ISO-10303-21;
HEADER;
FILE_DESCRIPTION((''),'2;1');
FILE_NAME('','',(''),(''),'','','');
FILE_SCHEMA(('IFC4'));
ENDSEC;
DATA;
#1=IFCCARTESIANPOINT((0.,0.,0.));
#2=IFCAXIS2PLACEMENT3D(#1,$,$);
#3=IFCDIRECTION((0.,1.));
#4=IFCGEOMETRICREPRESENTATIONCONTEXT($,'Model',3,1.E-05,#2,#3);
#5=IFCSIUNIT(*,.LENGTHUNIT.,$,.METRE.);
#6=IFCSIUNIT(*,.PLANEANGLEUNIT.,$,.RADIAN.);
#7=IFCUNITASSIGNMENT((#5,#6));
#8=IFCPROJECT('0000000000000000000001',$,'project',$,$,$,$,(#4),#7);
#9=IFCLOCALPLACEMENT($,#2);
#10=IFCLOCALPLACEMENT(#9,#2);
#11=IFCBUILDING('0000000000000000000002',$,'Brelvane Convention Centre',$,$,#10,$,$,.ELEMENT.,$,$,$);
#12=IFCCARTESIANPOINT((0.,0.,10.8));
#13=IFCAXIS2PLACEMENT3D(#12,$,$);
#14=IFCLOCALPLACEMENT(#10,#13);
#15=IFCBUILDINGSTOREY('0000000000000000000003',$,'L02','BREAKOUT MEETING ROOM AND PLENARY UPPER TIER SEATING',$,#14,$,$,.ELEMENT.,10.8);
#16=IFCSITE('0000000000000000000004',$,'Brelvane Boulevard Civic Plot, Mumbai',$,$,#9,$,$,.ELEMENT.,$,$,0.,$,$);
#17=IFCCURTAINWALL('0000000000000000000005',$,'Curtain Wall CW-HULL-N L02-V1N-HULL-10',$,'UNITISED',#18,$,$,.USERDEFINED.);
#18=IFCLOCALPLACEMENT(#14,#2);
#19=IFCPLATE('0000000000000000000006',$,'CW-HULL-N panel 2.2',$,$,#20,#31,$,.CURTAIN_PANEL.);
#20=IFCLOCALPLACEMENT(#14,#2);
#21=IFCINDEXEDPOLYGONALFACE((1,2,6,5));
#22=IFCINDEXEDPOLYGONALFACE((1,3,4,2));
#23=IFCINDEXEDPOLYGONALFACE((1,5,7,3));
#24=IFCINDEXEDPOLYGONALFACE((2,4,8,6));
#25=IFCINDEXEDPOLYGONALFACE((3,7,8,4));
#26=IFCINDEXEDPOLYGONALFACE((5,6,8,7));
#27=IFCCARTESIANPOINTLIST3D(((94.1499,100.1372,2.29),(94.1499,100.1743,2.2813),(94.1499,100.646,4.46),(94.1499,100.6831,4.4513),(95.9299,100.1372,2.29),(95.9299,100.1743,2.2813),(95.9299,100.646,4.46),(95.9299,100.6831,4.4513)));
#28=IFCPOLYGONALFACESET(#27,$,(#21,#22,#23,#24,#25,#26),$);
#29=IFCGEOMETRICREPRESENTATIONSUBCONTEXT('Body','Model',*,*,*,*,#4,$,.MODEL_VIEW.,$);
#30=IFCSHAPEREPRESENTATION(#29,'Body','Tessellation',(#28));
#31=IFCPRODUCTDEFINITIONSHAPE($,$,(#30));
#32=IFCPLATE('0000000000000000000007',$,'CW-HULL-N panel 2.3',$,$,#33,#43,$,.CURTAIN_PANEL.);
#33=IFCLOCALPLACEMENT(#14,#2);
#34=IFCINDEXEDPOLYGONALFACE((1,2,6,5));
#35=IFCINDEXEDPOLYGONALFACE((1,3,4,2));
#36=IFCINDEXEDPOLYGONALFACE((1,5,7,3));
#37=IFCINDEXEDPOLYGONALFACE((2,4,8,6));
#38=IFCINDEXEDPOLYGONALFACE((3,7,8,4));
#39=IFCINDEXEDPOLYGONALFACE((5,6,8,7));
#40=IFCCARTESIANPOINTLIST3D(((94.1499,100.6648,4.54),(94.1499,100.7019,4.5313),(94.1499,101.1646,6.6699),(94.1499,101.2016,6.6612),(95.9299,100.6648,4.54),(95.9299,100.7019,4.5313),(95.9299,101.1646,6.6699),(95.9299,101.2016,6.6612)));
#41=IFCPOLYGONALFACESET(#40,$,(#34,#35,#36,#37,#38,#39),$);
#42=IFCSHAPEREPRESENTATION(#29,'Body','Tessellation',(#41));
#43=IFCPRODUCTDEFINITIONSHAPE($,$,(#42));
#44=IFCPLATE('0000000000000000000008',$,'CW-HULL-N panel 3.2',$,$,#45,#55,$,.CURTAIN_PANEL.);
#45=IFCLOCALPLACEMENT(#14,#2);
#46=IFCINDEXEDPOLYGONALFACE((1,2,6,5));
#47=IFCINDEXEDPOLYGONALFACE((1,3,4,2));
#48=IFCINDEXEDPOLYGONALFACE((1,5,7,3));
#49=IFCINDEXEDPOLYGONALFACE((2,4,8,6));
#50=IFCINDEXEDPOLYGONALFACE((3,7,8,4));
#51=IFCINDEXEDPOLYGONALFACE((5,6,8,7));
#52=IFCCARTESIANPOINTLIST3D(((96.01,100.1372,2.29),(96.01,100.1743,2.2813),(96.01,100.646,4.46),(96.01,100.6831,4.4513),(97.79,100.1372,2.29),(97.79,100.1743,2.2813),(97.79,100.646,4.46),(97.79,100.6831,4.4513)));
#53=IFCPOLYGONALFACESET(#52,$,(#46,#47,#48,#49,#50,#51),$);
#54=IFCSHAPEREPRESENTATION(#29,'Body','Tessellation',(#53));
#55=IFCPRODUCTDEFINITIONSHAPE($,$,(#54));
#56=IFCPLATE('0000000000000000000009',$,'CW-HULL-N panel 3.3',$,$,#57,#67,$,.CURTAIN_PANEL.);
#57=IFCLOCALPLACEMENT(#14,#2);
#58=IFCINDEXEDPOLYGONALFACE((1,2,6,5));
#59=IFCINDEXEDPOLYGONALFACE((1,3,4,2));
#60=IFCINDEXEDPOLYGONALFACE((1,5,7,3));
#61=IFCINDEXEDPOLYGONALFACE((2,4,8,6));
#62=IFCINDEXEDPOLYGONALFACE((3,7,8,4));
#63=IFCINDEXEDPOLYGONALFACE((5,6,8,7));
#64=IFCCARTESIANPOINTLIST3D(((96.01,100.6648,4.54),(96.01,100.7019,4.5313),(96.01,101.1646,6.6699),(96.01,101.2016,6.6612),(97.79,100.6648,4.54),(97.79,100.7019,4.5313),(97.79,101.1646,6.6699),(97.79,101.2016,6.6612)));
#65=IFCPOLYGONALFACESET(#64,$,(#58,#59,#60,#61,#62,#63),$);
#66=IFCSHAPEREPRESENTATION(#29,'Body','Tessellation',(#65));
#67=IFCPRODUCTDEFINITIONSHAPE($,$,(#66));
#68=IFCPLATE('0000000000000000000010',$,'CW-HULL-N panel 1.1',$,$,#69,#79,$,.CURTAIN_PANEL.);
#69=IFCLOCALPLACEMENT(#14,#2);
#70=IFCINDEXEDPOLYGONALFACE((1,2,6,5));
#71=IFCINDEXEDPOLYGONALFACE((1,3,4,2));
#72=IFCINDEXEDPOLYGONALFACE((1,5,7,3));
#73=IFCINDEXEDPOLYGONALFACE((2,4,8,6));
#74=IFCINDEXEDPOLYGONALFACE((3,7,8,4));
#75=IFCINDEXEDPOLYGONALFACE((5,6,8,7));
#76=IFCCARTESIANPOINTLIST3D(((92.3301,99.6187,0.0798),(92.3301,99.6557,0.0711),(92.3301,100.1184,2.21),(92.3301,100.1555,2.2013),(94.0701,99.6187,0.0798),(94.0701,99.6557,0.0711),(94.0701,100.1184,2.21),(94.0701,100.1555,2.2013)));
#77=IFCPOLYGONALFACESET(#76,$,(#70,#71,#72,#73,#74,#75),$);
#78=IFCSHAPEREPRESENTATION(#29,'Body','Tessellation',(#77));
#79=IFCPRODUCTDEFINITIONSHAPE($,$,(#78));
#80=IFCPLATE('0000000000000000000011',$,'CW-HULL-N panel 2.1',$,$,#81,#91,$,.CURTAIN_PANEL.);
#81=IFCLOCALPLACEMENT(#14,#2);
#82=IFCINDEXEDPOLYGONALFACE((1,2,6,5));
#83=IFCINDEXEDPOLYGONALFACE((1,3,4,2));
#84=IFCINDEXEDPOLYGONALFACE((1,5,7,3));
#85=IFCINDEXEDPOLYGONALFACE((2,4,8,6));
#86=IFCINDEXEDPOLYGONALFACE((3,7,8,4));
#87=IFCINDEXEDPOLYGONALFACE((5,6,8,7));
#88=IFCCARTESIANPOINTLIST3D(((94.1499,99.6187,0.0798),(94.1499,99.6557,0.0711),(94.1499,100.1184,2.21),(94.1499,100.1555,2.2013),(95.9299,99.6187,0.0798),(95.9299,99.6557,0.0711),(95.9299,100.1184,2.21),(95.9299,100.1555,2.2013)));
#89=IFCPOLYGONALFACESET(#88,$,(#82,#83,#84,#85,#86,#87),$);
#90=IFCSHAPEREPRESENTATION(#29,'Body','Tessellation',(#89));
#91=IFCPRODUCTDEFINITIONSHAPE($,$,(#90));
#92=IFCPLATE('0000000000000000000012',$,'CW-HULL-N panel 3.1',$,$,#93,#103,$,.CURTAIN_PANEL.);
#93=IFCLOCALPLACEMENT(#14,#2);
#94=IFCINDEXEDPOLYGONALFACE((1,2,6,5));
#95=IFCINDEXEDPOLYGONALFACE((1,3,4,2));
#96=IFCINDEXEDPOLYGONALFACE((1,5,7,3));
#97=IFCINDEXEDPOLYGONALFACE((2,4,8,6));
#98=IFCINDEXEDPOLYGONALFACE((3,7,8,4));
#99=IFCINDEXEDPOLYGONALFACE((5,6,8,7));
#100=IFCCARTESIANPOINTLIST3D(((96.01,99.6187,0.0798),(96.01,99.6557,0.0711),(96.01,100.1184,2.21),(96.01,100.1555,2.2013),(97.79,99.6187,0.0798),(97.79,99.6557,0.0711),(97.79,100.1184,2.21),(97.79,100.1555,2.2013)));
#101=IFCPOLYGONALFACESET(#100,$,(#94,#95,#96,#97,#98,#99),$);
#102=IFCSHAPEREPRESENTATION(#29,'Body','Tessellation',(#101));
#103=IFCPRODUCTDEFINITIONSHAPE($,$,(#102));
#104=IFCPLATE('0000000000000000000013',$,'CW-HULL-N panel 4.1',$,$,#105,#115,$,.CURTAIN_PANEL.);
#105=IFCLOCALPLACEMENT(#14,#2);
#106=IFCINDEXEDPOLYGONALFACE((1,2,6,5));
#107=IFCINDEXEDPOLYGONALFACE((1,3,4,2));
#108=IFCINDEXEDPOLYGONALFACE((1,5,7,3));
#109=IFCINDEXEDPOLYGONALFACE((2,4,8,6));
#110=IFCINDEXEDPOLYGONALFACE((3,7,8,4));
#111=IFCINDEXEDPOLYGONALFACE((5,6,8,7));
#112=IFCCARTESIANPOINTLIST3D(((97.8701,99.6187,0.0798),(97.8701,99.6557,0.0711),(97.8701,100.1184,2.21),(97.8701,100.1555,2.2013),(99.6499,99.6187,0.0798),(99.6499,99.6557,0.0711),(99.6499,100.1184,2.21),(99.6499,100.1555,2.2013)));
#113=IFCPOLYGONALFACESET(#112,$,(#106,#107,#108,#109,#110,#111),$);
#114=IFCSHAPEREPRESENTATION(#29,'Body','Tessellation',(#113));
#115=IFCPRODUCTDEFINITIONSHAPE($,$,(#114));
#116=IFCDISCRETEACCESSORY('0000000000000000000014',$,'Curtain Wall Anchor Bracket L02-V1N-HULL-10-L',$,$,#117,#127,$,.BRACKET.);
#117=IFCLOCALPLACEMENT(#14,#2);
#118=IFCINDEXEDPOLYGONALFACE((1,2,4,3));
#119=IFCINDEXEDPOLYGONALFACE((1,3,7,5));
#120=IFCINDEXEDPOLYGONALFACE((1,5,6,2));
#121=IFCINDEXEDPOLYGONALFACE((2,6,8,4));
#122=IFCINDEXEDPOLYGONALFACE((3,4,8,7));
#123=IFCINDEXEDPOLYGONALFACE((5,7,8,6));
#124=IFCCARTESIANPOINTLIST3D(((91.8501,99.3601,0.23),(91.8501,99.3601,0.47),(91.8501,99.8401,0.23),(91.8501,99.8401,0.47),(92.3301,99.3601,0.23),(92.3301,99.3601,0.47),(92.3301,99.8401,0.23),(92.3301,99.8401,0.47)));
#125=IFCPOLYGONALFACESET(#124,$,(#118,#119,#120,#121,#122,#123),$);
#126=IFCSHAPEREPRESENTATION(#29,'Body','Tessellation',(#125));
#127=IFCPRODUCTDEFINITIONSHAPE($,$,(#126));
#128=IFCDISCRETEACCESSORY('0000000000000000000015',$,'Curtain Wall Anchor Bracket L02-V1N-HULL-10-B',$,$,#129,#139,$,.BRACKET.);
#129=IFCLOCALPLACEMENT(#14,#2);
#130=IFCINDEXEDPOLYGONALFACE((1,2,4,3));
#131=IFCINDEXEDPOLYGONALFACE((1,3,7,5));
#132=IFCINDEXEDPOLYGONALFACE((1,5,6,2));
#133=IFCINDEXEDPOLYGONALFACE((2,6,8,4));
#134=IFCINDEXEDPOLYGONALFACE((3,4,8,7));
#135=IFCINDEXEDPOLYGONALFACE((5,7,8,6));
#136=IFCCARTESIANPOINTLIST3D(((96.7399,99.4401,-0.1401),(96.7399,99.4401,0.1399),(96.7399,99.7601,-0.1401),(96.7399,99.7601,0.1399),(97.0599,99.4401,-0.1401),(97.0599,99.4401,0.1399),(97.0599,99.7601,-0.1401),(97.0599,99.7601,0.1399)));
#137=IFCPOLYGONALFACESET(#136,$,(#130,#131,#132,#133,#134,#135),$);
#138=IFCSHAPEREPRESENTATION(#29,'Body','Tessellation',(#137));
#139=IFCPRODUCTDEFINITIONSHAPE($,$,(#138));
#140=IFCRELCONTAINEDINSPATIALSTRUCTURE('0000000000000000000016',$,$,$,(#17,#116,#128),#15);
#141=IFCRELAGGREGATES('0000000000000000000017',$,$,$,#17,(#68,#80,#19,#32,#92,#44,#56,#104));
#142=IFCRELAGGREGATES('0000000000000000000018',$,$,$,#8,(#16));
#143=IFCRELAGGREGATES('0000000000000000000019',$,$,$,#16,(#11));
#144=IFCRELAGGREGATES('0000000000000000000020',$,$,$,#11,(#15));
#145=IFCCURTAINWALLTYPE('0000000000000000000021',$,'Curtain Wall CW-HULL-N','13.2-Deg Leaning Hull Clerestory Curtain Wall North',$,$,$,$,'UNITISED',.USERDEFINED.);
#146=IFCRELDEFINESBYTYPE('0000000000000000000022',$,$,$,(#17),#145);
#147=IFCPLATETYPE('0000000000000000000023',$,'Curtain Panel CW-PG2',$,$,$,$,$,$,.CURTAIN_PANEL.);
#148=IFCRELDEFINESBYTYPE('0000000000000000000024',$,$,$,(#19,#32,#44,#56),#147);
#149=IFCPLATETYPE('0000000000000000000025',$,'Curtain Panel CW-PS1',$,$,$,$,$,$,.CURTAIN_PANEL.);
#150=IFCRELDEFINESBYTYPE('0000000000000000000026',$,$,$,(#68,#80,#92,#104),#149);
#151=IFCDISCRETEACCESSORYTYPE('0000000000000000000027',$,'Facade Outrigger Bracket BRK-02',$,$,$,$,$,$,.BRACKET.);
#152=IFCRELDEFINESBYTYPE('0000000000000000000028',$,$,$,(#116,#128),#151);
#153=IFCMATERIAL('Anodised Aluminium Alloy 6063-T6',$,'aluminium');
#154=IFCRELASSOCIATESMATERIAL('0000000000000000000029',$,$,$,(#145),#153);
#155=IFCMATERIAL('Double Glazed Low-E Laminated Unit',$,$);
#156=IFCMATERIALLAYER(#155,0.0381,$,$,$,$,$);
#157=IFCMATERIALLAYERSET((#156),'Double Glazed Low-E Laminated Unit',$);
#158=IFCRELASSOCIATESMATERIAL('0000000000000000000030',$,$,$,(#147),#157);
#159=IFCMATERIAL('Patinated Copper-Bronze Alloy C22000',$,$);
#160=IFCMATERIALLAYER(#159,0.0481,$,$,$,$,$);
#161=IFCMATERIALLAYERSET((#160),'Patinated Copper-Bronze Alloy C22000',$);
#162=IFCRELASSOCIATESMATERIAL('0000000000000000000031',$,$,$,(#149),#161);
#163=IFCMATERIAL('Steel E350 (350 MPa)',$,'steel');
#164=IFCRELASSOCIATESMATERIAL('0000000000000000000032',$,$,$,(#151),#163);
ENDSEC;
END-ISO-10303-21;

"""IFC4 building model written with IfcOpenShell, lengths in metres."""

from ifc_helpers import new_model, si_unit, direction, frame, origin, origin_2d, place, context, subcontext, project, spatial, polyline, rectangle, outline, extrude, material, layer, layer_set, type_object, element, aggregate, save


model = new_model("IFC4")

# Units and contexts
model_context = context("Model", 3, precision=1e-05, world=origin(), true_north=direction((0.0, 1.0)))
body_context = subcontext(model_context, "Body", "Model", "MODEL_VIEW")
ifc_project = project(units=[si_unit("LENGTHUNIT", "METRE"), si_unit("PLANEANGLEUNIT", "RADIAN")], contexts=[model_context])

# Site, building, storey
site_placement = place(None, origin())
site = spatial("IfcSite", under=ifc_project, at=site_placement, Name="Brelvane Boulevard Civic Plot, Mumbai", CompositionType="ELEMENT", RefElevation=0.0)
building_placement = place(site_placement, origin())
building = spatial("IfcBuilding", under=site, at=building_placement, Name="Brelvane Convention Centre", CompositionType="ELEMENT")
storey_placement = place(building_placement, frame((0.0, 0.0, 10.8)))
storey = spatial("IfcBuildingStorey", under=building, at=storey_placement, Name="L02", Description="BREAKOUT MEETING ROOM AND PLENARY UPPER TIER SEATING", CompositionType="ELEMENT", Elevation=10.8)

# Curtain wall
ifc_material_1 = material(Name="Anodised Aluminium Alloy 6063-T6", Category="aluminium")
curtain_wall_type = type_object("IfcCurtainWallType", Name="Curtain Wall CW-HULL-N", Description="13.2-Deg Leaning Hull Clerestory Curtain Wall North", ElementType="UNITISED", PredefinedType="USERDEFINED", material=ifc_material_1)
curtain_wall_placement = place(storey_placement, origin())
curtain_wall = element("IfcCurtainWall", 1, at=curtain_wall_placement, inside=storey, type_object=curtain_wall_type, Name="Curtain Wall CW-HULL-N L02-V1N-HULL-10", ObjectType="UNITISED", PredefinedType="USERDEFINED")

# Plates
ifc_material_2 = material(Name="Double Glazed Low-E Laminated Unit")
ifc_layer_1 = layer(ifc_material_2, 0.0381)
ifc_layer_set_1 = layer_set([ifc_layer_1], Name="Double Glazed Low-E Laminated Unit")
plate_type_1 = type_object("IfcPlateType", Name="Curtain Panel CW-PG2", PredefinedType="CURTAIN_PANEL", material=ifc_layer_set_1)
plate_1_placement = place(storey_placement, frame((94.1499, 100.1372, 2.29), z_axis=(0.0, -0.973595, 0.228282), x_axis=(1.0, 0.0, 0.0)))
plate_1 = element("IfcPlate", 2, at=plate_1_placement, type_object=plate_type_1, Name="CW-HULL-N panel 2.2", PredefinedType="CURTAIN_PANEL", context=body_context, shape_type="SweptSolid", body=[
    extrude(outline(polyline([(0.0, 0.0), (1.78, 0.0), (1.78, 2.2288), (0.0, 2.2288), (0.0, 0.0)])), origin(), (0.0, 0.0, -1.0), 0.0381),
])
plate_2_placement = place(storey_placement, frame((94.1499, 100.6648, 4.54), z_axis=(0.0, -0.973559, 0.228436), x_axis=(1.0, 0.0, 0.0)))
plate_2 = element("IfcPlate", 3, at=plate_2_placement, type_object=plate_type_1, Name="CW-HULL-N panel 2.3", PredefinedType="CURTAIN_PANEL", context=body_context, shape_type="SweptSolid", body=[
    extrude(outline(polyline([(0.0, 0.0), (1.78, 0.0), (1.78, 2.1877), (0.0, 2.1877), (0.0, 0.0)])), origin(), (0.0, 0.0, -1.0), 0.0381),
])
plate_3_placement = place(storey_placement, frame((96.01, 100.1372, 2.29), z_axis=(0.0, -0.973595, 0.228282), x_axis=(1.0, 0.0, 0.0)))
plate_3 = element("IfcPlate", 4, at=plate_3_placement, type_object=plate_type_1, Name="CW-HULL-N panel 3.2", PredefinedType="CURTAIN_PANEL", context=body_context, shape_type="SweptSolid", body=[
    extrude(outline(polyline([(0.0, 0.0), (1.78, 0.0), (1.78, 2.2288), (0.0, 2.2288), (0.0, 0.0)])), origin(), (0.0, 0.0, -1.0), 0.0381),
])
plate_4_placement = place(storey_placement, frame((96.01, 100.6648, 4.54), z_axis=(0.0, -0.973559, 0.228436), x_axis=(1.0, 0.0, 0.0)))
plate_4 = element("IfcPlate", 5, at=plate_4_placement, type_object=plate_type_1, Name="CW-HULL-N panel 3.3", PredefinedType="CURTAIN_PANEL", context=body_context, shape_type="SweptSolid", body=[
    extrude(outline(polyline([(0.0, 0.0), (1.78, 0.0), (1.78, 2.1877), (0.0, 2.1877), (0.0, 0.0)])), origin(), (0.0, 0.0, -1.0), 0.0381),
])
ifc_material_3 = material(Name="Patinated Copper-Bronze Alloy C22000")
ifc_layer_2 = layer(ifc_material_3, 0.0481)
ifc_layer_set_2 = layer_set([ifc_layer_2], Name="Patinated Copper-Bronze Alloy C22000")
plate_type_2 = type_object("IfcPlateType", Name="Curtain Panel CW-PS1", PredefinedType="CURTAIN_PANEL", material=ifc_layer_set_2)
plate_5_placement = place(storey_placement, frame((92.3301, 99.6187, 0.0798), z_axis=(0.0, -0.973565, 0.228411), x_axis=(1.0, 0.0, 0.0)))
plate_5 = element("IfcPlate", 6, at=plate_5_placement, type_object=plate_type_2, Name="CW-HULL-N panel 1.1", PredefinedType="CURTAIN_PANEL", context=body_context, shape_type="SweptSolid", body=[
    extrude(outline(polyline([(0.0, 0.0), (1.74, 0.0), (1.74, 2.188), (0.0, 2.188), (0.0, 0.0)])), origin(), (0.0, 0.0, -1.0), 0.0381),
])
plate_6_placement = place(storey_placement, frame((94.1499, 99.6187, 0.0798), z_axis=(0.0, -0.973565, 0.228411), x_axis=(1.0, 0.0, 0.0)))
plate_6 = element("IfcPlate", 7, at=plate_6_placement, type_object=plate_type_2, Name="CW-HULL-N panel 2.1", PredefinedType="CURTAIN_PANEL", context=body_context, shape_type="SweptSolid", body=[
    extrude(outline(polyline([(0.0, 0.0), (1.78, 0.0), (1.78, 2.188), (0.0, 2.188), (0.0, 0.0)])), origin(), (0.0, 0.0, -1.0), 0.0381),
])
plate_7_placement = place(storey_placement, frame((96.01, 99.6187, 0.0798), z_axis=(0.0, -0.973565, 0.228411), x_axis=(1.0, 0.0, 0.0)))
plate_7 = element("IfcPlate", 8, at=plate_7_placement, type_object=plate_type_2, Name="CW-HULL-N panel 3.1", PredefinedType="CURTAIN_PANEL", context=body_context, shape_type="SweptSolid", body=[
    extrude(outline(polyline([(0.0, 0.0), (1.78, 0.0), (1.78, 2.188), (0.0, 2.188), (0.0, 0.0)])), origin(), (0.0, 0.0, -1.0), 0.0381),
])
plate_8_placement = place(storey_placement, frame((97.8701, 99.6187, 0.0798), z_axis=(0.0, -0.973565, 0.228411), x_axis=(1.0, 0.0, 0.0)))
plate_8 = element("IfcPlate", 9, at=plate_8_placement, type_object=plate_type_2, Name="CW-HULL-N panel 4.1", PredefinedType="CURTAIN_PANEL", context=body_context, shape_type="SweptSolid", body=[
    extrude(outline(polyline([(0.0, 0.0), (1.7798, 0.0), (1.7798, 2.188), (0.0, 2.188), (0.0, 0.0)])), origin(), (0.0, 0.0, -1.0), 0.0381),
])
aggregate(curtain_wall, [plate_5, plate_6, plate_1, plate_2, plate_7, plate_3, plate_4, plate_8])

# Discrete accessories
ifc_material_4 = material(Name="Steel E350 (350 MPa)", Category="steel")
discrete_accessory_type = type_object("IfcDiscreteAccessoryType", Name="Facade Outrigger Bracket BRK-02", PredefinedType="BRACKET", material=ifc_material_4)
discrete_accessory_1_placement = place(storey_placement, frame((92.0901, 99.6001, 0.23), z_axis=(0.0, 0.0, 1.0), x_axis=(1.0, 0.0, 0.0)))
element("IfcDiscreteAccessory", 10, at=discrete_accessory_1_placement, inside=storey, type_object=discrete_accessory_type, Name="Curtain Wall Anchor Bracket L02-V1N-HULL-10-L", PredefinedType="BRACKET", context=body_context, shape_type="SweptSolid", body=[
    extrude(rectangle(XDim=0.48, YDim=0.48, at=origin_2d()), origin(), (0.0, 0.0, 1.0), 0.24),
])
discrete_accessory_2_placement = place(storey_placement, frame((96.8999, 99.6001, -0.1401), z_axis=(0.0, 0.0, 1.0), x_axis=(1.0, 0.0, 0.0)))
element("IfcDiscreteAccessory", 11, at=discrete_accessory_2_placement, inside=storey, type_object=discrete_accessory_type, Name="Curtain Wall Anchor Bracket L02-V1N-HULL-10-B", PredefinedType="BRACKET", context=body_context, shape_type="SweptSolid", body=[
    extrude(rectangle(XDim=0.3201, YDim=0.3201, at=origin_2d()), origin(), (0.0, 0.0, 1.0), 0.28),
])

save(model, "model.ifc")
